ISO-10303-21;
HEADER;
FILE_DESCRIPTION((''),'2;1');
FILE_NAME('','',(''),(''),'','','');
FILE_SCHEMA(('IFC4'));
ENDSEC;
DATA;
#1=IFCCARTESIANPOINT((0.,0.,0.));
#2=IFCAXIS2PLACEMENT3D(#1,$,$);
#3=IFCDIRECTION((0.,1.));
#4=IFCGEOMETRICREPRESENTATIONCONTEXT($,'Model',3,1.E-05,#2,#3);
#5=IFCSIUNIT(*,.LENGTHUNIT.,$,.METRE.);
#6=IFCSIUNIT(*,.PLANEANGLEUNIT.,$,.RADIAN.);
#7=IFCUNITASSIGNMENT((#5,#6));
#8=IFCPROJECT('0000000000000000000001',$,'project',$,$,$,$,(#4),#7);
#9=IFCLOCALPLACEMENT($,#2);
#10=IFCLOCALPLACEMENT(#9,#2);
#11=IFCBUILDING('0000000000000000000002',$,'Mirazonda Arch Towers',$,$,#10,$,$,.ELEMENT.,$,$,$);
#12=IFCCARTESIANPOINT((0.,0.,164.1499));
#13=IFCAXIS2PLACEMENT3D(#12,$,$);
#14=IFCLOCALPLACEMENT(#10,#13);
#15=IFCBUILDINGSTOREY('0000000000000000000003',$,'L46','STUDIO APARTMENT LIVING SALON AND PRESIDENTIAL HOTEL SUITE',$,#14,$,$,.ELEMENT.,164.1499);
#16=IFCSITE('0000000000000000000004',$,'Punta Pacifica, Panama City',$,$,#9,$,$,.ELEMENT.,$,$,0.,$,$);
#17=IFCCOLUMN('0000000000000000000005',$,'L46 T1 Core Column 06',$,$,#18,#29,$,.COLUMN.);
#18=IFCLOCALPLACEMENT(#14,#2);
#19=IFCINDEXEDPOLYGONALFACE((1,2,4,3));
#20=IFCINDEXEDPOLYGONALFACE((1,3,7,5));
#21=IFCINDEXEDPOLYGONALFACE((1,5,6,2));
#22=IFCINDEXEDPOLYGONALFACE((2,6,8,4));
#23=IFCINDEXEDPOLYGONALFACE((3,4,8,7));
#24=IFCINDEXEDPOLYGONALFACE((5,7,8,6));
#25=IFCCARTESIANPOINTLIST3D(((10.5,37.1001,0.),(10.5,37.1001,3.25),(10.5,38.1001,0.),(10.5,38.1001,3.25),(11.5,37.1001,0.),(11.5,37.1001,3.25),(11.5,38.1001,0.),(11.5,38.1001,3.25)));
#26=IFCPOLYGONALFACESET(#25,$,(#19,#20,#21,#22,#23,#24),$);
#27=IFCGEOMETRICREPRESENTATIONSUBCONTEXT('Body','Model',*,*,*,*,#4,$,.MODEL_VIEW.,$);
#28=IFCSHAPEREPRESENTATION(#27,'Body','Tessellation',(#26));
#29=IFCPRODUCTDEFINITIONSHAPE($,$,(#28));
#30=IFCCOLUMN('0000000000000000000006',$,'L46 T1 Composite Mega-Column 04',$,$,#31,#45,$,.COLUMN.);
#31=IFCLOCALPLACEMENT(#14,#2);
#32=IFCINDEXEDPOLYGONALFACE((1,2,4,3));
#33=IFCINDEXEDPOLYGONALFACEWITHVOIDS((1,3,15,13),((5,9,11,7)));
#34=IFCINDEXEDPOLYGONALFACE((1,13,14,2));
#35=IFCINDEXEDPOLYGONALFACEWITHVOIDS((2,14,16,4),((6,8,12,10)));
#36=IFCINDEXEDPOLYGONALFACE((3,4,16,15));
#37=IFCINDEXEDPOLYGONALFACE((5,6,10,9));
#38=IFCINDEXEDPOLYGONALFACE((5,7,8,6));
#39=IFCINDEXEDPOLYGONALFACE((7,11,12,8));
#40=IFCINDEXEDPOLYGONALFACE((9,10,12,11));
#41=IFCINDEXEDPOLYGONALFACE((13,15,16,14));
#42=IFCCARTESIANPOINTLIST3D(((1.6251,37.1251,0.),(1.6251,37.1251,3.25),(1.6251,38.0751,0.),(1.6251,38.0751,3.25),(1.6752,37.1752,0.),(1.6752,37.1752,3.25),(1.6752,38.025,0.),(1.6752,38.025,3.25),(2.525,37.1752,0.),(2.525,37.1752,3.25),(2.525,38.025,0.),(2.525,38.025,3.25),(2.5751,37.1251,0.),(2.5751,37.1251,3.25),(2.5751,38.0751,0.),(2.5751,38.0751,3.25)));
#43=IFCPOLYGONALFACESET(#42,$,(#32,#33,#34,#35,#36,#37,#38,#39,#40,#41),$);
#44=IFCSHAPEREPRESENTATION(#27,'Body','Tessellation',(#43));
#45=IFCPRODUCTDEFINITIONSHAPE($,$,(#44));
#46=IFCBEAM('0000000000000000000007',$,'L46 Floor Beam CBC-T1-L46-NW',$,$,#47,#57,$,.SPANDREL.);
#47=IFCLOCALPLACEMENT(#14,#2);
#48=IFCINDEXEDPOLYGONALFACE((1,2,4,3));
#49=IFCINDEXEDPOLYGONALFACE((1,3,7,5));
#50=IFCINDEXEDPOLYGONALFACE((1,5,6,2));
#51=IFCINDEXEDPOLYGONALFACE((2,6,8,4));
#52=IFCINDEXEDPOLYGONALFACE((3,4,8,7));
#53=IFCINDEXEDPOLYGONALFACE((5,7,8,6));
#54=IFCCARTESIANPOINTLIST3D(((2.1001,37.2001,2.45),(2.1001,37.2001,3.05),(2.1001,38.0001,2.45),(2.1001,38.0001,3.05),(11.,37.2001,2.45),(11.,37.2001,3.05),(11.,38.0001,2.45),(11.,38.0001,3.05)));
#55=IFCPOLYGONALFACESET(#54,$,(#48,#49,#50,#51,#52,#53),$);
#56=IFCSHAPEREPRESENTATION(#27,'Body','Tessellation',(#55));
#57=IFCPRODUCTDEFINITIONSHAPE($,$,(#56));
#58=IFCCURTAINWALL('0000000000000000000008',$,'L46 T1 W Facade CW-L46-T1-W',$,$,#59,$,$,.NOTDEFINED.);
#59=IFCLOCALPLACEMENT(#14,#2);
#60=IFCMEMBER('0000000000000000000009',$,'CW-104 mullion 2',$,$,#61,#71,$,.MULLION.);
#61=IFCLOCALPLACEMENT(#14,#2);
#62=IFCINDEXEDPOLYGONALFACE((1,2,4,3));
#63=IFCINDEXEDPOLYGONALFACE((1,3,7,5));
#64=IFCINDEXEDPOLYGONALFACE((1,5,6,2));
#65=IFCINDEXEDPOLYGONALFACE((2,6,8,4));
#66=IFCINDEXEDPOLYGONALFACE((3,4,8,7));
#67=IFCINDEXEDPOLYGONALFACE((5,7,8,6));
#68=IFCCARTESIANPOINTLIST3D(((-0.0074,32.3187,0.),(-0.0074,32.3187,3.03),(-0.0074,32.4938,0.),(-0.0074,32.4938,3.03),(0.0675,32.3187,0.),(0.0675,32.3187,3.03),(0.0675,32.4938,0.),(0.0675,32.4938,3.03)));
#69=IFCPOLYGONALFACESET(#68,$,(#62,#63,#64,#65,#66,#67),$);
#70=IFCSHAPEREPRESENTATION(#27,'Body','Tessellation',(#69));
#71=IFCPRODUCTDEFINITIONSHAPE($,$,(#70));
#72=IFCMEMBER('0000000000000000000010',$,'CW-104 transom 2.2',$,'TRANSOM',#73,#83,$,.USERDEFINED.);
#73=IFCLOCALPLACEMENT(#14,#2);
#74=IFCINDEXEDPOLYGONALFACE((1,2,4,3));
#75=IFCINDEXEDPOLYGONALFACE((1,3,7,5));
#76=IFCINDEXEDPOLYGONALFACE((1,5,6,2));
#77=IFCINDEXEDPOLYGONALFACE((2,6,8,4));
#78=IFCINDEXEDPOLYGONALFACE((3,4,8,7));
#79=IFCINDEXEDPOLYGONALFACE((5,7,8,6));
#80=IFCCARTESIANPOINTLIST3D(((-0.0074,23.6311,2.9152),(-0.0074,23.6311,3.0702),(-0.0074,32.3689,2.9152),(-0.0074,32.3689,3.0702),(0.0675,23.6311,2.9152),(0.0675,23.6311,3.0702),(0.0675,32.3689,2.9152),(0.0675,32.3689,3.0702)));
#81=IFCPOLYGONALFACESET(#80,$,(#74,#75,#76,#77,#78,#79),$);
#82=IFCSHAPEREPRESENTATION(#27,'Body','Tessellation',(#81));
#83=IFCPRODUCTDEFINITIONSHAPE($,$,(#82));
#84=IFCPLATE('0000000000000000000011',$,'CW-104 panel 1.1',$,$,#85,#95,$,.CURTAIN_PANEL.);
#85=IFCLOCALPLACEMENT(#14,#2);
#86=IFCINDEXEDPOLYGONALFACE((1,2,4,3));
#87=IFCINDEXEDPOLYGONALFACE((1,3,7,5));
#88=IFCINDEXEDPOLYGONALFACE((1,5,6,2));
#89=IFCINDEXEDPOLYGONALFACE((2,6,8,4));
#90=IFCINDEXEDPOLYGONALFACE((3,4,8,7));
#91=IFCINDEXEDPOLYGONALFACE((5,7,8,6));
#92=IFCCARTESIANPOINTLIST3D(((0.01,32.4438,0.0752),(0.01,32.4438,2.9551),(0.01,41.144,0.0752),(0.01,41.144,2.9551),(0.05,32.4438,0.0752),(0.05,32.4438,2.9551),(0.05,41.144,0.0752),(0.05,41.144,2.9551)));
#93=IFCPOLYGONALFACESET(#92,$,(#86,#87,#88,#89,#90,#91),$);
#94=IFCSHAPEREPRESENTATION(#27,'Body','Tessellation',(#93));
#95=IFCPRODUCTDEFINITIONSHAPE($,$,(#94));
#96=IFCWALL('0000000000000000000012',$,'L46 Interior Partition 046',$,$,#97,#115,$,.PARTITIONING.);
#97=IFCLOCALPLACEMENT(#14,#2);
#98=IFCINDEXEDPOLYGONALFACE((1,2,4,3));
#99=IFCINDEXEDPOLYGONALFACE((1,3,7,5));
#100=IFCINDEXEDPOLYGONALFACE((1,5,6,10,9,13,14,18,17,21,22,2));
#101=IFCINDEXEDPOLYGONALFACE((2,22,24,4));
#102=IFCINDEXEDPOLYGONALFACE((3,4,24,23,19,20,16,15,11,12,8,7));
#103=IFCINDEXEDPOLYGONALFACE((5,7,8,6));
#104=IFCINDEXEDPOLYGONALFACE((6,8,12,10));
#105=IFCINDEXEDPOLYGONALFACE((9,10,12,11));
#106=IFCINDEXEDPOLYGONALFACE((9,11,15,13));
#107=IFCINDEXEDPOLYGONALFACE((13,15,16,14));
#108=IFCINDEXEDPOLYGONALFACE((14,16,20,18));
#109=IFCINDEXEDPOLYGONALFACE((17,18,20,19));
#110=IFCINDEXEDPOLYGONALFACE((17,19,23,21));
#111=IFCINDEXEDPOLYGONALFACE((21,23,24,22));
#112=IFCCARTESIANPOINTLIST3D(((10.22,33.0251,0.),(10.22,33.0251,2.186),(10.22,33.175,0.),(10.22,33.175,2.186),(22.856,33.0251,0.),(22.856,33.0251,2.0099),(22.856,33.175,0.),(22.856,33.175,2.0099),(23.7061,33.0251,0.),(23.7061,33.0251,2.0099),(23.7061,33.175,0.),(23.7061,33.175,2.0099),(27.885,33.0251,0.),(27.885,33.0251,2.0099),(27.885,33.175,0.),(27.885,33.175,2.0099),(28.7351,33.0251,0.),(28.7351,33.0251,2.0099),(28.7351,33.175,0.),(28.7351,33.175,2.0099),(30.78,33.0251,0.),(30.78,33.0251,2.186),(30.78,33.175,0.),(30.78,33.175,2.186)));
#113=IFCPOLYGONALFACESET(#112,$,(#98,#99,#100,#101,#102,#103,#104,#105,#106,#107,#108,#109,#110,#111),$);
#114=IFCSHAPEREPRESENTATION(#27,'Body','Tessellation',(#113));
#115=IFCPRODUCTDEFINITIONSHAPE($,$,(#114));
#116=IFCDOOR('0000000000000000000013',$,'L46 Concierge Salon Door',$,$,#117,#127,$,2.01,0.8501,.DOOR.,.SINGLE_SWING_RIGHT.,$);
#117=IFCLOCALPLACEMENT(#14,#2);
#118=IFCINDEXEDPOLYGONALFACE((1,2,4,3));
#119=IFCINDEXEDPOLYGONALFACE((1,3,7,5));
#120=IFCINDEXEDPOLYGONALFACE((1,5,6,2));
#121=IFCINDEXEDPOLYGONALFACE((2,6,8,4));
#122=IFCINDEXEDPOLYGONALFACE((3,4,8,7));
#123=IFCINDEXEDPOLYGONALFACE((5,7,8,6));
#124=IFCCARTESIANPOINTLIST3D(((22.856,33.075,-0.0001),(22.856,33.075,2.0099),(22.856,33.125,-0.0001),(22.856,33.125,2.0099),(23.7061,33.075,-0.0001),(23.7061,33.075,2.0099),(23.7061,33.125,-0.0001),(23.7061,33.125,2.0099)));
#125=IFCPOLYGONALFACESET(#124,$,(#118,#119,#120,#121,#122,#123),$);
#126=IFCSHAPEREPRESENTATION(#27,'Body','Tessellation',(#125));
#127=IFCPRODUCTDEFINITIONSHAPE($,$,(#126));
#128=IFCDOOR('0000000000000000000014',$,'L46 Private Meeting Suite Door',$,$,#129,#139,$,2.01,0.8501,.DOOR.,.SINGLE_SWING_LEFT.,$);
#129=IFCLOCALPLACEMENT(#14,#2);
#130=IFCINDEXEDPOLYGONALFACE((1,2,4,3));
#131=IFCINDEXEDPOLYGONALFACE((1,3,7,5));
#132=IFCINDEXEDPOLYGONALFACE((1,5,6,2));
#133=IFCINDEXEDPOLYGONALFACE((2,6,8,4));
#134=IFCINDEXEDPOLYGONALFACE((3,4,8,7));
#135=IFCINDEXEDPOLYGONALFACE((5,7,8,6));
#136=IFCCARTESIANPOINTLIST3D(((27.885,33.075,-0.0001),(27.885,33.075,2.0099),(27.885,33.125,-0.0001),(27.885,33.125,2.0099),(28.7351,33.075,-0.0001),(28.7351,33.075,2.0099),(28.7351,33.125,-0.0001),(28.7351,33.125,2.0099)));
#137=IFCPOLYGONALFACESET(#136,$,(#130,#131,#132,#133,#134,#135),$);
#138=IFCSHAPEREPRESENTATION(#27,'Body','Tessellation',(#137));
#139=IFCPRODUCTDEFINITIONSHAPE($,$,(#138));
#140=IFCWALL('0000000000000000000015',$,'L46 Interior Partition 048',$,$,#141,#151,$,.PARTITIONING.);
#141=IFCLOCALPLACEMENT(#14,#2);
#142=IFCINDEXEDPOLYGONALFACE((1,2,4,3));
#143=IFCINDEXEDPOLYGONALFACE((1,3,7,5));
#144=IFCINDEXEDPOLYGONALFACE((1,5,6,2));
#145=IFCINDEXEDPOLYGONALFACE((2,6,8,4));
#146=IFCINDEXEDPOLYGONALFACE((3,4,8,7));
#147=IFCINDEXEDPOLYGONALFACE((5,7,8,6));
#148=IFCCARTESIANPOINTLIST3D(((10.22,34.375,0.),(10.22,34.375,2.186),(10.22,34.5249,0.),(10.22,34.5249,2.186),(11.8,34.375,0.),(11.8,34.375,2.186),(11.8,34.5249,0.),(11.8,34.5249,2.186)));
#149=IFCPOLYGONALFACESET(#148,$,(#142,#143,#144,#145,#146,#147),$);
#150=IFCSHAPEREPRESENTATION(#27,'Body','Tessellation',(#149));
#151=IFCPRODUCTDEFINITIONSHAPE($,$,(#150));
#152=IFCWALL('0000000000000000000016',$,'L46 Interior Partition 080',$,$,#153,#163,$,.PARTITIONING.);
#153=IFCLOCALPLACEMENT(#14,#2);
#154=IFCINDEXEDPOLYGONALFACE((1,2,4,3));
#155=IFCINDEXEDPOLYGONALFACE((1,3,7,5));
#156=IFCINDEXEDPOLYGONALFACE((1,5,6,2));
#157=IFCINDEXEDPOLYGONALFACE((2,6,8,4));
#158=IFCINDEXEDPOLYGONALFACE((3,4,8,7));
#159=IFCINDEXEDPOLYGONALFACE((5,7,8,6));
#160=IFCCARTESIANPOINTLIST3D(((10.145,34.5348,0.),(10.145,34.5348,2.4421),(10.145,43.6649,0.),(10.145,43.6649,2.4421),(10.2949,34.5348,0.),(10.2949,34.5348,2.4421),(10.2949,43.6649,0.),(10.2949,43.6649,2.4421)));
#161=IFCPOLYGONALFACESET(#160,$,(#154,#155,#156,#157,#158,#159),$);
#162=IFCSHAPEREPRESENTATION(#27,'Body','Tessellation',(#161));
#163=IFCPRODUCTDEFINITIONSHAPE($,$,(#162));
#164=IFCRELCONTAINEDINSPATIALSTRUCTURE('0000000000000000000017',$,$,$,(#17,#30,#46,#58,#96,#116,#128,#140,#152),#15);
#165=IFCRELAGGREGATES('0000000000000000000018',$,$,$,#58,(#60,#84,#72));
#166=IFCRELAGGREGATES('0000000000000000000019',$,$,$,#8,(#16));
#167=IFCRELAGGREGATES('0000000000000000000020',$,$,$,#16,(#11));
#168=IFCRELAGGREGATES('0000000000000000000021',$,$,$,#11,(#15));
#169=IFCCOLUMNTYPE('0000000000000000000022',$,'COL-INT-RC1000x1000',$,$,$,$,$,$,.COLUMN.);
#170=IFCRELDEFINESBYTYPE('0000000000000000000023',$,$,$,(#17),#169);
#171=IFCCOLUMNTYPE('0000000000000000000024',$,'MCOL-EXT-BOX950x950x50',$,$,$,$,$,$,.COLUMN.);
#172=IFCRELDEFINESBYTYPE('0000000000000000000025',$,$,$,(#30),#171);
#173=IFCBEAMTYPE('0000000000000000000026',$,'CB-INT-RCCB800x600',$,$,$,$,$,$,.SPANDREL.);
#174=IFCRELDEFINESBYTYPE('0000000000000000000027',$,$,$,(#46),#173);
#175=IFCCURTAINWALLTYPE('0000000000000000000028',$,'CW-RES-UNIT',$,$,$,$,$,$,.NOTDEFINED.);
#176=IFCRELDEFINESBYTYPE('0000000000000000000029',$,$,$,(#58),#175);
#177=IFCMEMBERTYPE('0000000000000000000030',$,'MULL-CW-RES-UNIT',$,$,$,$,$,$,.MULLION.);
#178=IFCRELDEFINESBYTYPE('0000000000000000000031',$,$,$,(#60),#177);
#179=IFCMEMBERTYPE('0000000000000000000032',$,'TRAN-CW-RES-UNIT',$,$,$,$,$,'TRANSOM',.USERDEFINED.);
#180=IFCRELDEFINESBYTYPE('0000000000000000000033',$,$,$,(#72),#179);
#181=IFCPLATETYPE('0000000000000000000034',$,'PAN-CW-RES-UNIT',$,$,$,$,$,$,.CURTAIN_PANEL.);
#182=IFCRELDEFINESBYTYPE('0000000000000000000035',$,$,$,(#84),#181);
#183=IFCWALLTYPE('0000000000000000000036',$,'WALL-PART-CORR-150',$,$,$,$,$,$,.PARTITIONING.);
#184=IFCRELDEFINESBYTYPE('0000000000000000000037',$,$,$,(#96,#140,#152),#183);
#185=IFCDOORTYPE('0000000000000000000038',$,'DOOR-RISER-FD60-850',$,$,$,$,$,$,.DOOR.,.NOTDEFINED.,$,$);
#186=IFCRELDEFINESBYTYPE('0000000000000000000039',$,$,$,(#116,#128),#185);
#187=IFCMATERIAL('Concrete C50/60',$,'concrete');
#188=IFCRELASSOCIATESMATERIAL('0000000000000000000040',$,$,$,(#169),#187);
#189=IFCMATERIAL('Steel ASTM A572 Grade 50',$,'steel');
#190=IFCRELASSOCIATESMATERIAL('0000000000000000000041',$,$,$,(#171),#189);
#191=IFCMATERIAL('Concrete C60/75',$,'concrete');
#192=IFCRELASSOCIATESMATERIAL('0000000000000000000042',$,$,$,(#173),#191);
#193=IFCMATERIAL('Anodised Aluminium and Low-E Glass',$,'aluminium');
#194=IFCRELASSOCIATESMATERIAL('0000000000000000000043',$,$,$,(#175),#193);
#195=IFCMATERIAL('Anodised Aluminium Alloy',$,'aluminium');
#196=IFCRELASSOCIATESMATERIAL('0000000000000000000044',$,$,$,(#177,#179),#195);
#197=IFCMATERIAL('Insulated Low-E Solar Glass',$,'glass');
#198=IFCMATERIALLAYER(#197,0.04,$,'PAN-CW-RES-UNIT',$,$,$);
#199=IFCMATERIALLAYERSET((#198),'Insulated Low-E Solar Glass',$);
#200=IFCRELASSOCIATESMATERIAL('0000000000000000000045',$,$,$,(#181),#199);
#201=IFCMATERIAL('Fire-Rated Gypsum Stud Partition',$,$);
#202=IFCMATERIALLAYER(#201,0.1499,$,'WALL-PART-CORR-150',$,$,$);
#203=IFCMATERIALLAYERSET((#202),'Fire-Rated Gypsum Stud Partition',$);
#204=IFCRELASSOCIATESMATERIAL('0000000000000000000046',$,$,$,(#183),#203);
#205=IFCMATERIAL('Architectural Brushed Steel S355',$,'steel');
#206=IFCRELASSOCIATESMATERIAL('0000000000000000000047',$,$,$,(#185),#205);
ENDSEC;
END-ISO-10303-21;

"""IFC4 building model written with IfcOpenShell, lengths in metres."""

from ifc_helpers import new_model, si_unit, direction, frame, frame_2d, origin, origin_2d, place, context, subcontext, project, spatial, rectangle, hollow_rectangle, extrude, material, layer, layer_set, material_profile, profile_set, type_object, element, fill, aggregate, save


model = new_model("IFC4")

# Units and contexts
model_context = context("Model", 3, precision=1e-05, world=origin(), true_north=direction((0.0, 1.0)))
body_context = subcontext(model_context, "Body", "Model", "MODEL_VIEW")
ifc_project = project(units=[si_unit("LENGTHUNIT", "METRE"), si_unit("PLANEANGLEUNIT", "RADIAN")], contexts=[model_context])

# Site, building, storey
site_placement = place(None, origin())
site = spatial("IfcSite", under=ifc_project, at=site_placement, Name="Punta Pacifica, Panama City", CompositionType="ELEMENT", RefElevation=0.0)
building_placement = place(site_placement, origin())
building = spatial("IfcBuilding", under=site, at=building_placement, Name="Mirazonda Arch Towers", CompositionType="ELEMENT")
storey_placement = place(building_placement, frame((0.0, 0.0, 164.1499)))
storey = spatial("IfcBuildingStorey", under=building, at=storey_placement, Name="L46", Description="STUDIO APARTMENT LIVING SALON AND PRESIDENTIAL HOTEL SUITE", CompositionType="ELEMENT", Elevation=164.1499)

# Columns
ifc_material_1 = material(Name="Concrete C50/60", Category="concrete")
ifc_material_profile_1 = material_profile(ifc_material_1, rectangle(XDim=1.0, YDim=1.0, at=origin_2d()), Name="RC1000x1000")
ifc_profile_set_1 = profile_set([ifc_material_profile_1], Name="Concrete C50/60")
column_type_1 = type_object("IfcColumnType", Name="COL-INT-RC1000x1000", PredefinedType="COLUMN", material=ifc_profile_set_1)
column_1_placement = place(storey_placement, frame((11.0, 37.6001, 0.0), z_axis=(0.0, 0.0, 1.0), x_axis=(1.0, 0.0, 0.0)))
element("IfcColumn", 1, at=column_1_placement, inside=storey, type_object=column_type_1, Name="L46 T1 Core Column 06", PredefinedType="COLUMN", context=body_context, shape_type="SweptSolid", body=[
    extrude(rectangle(XDim=1.0, YDim=1.0, at=origin_2d()), origin(), (0.0, 0.0, 1.0), 3.25),
])
ifc_material_2 = material(Name="Steel ASTM A572 Grade 50", Category="steel")
ifc_material_profile_2 = material_profile(ifc_material_2, hollow_rectangle(XDim=0.95, YDim=0.95, WallThickness=0.05, at=origin_2d()), Name="BOX950x950x50")
ifc_profile_set_2 = profile_set([ifc_material_profile_2], Name="Steel ASTM A572 Grade 50")
column_type_2 = type_object("IfcColumnType", Name="MCOL-EXT-BOX950x950x50", PredefinedType="COLUMN", material=ifc_profile_set_2)
column_2_placement = place(storey_placement, frame((2.1001, 37.6001, 0.0), z_axis=(0.0, 0.0, 1.0), x_axis=(1.0, 0.0, 0.0)))
element("IfcColumn", 2, at=column_2_placement, inside=storey, type_object=column_type_2, Name="L46 T1 Composite Mega-Column 04", PredefinedType="COLUMN", context=body_context, shape_type="SweptSolid", body=[
    extrude(hollow_rectangle(XDim=0.95, YDim=0.95, WallThickness=0.05, at=origin_2d()), origin(), (0.0, 0.0, 1.0), 3.25),
])

# Beam
ifc_material_3 = material(Name="Concrete C60/75", Category="concrete")
ifc_material_profile_3 = material_profile(ifc_material_3, rectangle(XDim=0.8, YDim=0.6001, at=origin_2d()), Name="RCCB800x600")
ifc_profile_set_3 = profile_set([ifc_material_profile_3], Name="Concrete C60/75")
beam_type = type_object("IfcBeamType", Name="CB-INT-RCCB800x600", PredefinedType="SPANDREL", material=ifc_profile_set_3)
beam_placement = place(storey_placement, frame((2.1001, 37.6001, 2.75), z_axis=(1.0, 0.0, 0.0), x_axis=(0.0, 1.0, 0.0)))
element("IfcBeam", 3, at=beam_placement, inside=storey, type_object=beam_type, Name="L46 Floor Beam CBC-T1-L46-NW", PredefinedType="SPANDREL", context=body_context, shape_type="SweptSolid", body=[
    extrude(rectangle(XDim=0.8, YDim=0.6001, at=origin_2d()), origin(), (0.0, 0.0, 1.0), 8.8999),
])

# Curtain wall, members, plate
ifc_material_4 = material(Name="Anodised Aluminium and Low-E Glass", Category="aluminium")
curtain_wall_type = type_object("IfcCurtainWallType", Name="CW-RES-UNIT", PredefinedType="NOTDEFINED", material=ifc_material_4)
curtain_wall_placement = place(storey_placement, origin())
curtain_wall = element("IfcCurtainWall", 4, at=curtain_wall_placement, inside=storey, type_object=curtain_wall_type, Name="L46 T1 W Facade CW-L46-T1-W", PredefinedType="NOTDEFINED")
ifc_material_5 = material(Name="Anodised Aluminium Alloy", Category="aluminium")
ifc_material_profile_4 = material_profile(ifc_material_5, rectangle(XDim=0.075, YDim=0.175, at=origin_2d()), Name="ALU-MULL-75x175")
ifc_profile_set_4 = profile_set([ifc_material_profile_4], Name="Anodised Aluminium Alloy")
member_type_1 = type_object("IfcMemberType", Name="MULL-CW-RES-UNIT", PredefinedType="MULLION", material=ifc_profile_set_4)
member_1_placement = place(storey_placement, frame((0.03, 32.4062, 0.0), z_axis=(0.0, 0.0, 1.0), x_axis=(1.0, 0.0, 0.0)))
member_1 = element("IfcMember", 5, at=member_1_placement, type_object=member_type_1, Name="CW-104 mullion 2", PredefinedType="MULLION", context=body_context, shape_type="SweptSolid", body=[
    extrude(rectangle(XDim=0.075, YDim=0.175, at=origin_2d()), origin(), (0.0, 0.0, 1.0), 3.03),
])
ifc_material_profile_5 = material_profile(ifc_material_5, rectangle(XDim=0.075, YDim=0.155, at=origin_2d()), Name="ALU-TRAN-75x155")
ifc_profile_set_5 = profile_set([ifc_material_profile_5], Name="Anodised Aluminium Alloy")
member_type_2 = type_object("IfcMemberType", Name="TRAN-CW-RES-UNIT", ElementType="TRANSOM", PredefinedType="USERDEFINED", material=ifc_profile_set_5)
member_2_placement = place(storey_placement, frame((0.03, 32.3689, 2.9927), z_axis=(0.0, -1.0, 0.0), x_axis=(1.0, 0.0, 0.0)))
member_2 = element("IfcMember", 6, at=member_2_placement, type_object=member_type_2, Name="CW-104 transom 2.2", ObjectType="TRANSOM", PredefinedType="USERDEFINED", context=body_context, shape_type="SweptSolid", body=[
    extrude(rectangle(XDim=0.075, YDim=0.155, at=origin_2d()), origin(), (0.0, 0.0, 1.0), 8.7378),
])
ifc_material_6 = material(Name="Insulated Low-E Solar Glass", Category="glass")
ifc_layer_1 = layer(ifc_material_6, 0.04, Name="PAN-CW-RES-UNIT")
ifc_layer_set_1 = layer_set([ifc_layer_1], Name="Insulated Low-E Solar Glass")
plate_type = type_object("IfcPlateType", Name="PAN-CW-RES-UNIT", PredefinedType="CURTAIN_PANEL", material=ifc_layer_set_1)
plate_placement = place(storey_placement, frame((0.03, 36.7939, 0.0752), z_axis=(0.0, 0.0, 1.0), x_axis=(0.0, -1.0, 0.0)))
plate = element("IfcPlate", 7, at=plate_placement, type_object=plate_type, Name="CW-104 panel 1.1", PredefinedType="CURTAIN_PANEL", context=body_context, shape_type="SweptSolid", body=[
    extrude(rectangle(XDim=8.7002, YDim=0.04, at=origin_2d()), origin(), (0.0, 0.0, 1.0), 2.8799),
])
aggregate(curtain_wall, [member_1, plate, member_2])

# Wall, openings, doors
ifc_material_7 = material(Name="Fire-Rated Gypsum Stud Partition")
ifc_layer_2 = layer(ifc_material_7, 0.1499, Name="WALL-PART-CORR-150")
ifc_layer_set_2 = layer_set([ifc_layer_2], Name="Fire-Rated Gypsum Stud Partition")
wall_type_1 = type_object("IfcWallType", Name="WALL-PART-CORR-150", PredefinedType="PARTITIONING", material=ifc_layer_set_2)
wall_1_placement = place(storey_placement, frame((10.22, 33.1001, 0.0), z_axis=(0.0, 0.0, 1.0), x_axis=(1.0, 0.0, 0.0)))
wall_1 = element("IfcWall", 8, at=wall_1_placement, inside=storey, type_object=wall_type_1, Name="L46 Interior Partition 046", PredefinedType="PARTITIONING", context=body_context, shape_type="SweptSolid", body=[
    extrude(rectangle(XDim=20.5601, YDim=0.1499, at=frame_2d((10.28, 0.0))), origin(), (0.0, 0.0, 1.0), 2.186),
])
opening_1_placement = place(wall_1_placement, frame((12.636, 0.0, 0.0)))
opening_1 = element("IfcOpeningElement", 9, at=opening_1_placement, cuts=wall_1, PredefinedType="OPENING", context=body_context, shape_type="SweptSolid", body=[
    extrude(rectangle(XDim=0.8501, YDim=2.01, at=frame_2d((0.425, 1.0049))), frame((0.0, 0.085, 0.0), z_axis=(0.0, -1.0, 0.0), x_axis=(1.0, 0.0, 0.0)), (0.0, 0.0, 1.0), 0.1699),
])
opening_2_placement = place(wall_1_placement, frame((17.665, 0.0, 0.0)))
opening_2 = element("IfcOpeningElement", 10, at=opening_2_placement, cuts=wall_1, PredefinedType="OPENING", context=body_context, shape_type="SweptSolid", body=[
    extrude(rectangle(XDim=0.8501, YDim=2.01, at=frame_2d((0.425, 1.0049))), frame((0.0, 0.085, 0.0), z_axis=(0.0, -1.0, 0.0), x_axis=(1.0, 0.0, 0.0)), (0.0, 0.0, 1.0), 0.1699),
])
ifc_material_8 = material(Name="Architectural Brushed Steel S355", Category="steel")
door_type_1 = type_object("IfcDoorType", Name="DOOR-RISER-FD60-850", OperationType="NOTDEFINED", PredefinedType="DOOR", material=ifc_material_8)
door_1_placement = place(opening_1_placement, origin())
door_1 = element("IfcDoor", 11, at=door_1_placement, inside=storey, type_object=door_type_1, Name="L46 Concierge Salon Door", OperationType="SINGLE_SWING_RIGHT", OverallHeight=2.01, OverallWidth=0.8501, PredefinedType="DOOR", context=body_context, shape_type="SweptSolid", body=[
    extrude(rectangle(XDim=0.8501, YDim=2.01, at=frame_2d((0.425, 1.0049))), frame((0.0, 0.0249, 0.0), z_axis=(0.0, -1.0, 0.0), x_axis=(1.0, 0.0, 0.0)), (0.0, 0.0, 1.0), 0.05),
])
fill(opening_1, door_1)
door_2_placement = place(opening_2_placement, origin())
door_2 = element("IfcDoor", 12, at=door_2_placement, inside=storey, type_object=door_type_1, Name="L46 Private Meeting Suite Door", OperationType="SINGLE_SWING_LEFT", OverallHeight=2.01, OverallWidth=0.8501, PredefinedType="DOOR", context=body_context, shape_type="SweptSolid", body=[
    extrude(rectangle(XDim=0.8501, YDim=2.01, at=frame_2d((0.425, 1.0049))), frame((0.0, 0.0249, 0.0), z_axis=(0.0, -1.0, 0.0), x_axis=(1.0, 0.0, 0.0)), (0.0, 0.0, 1.0), 0.05),
])
fill(opening_2, door_2)

# Walls
wall_2_placement = place(storey_placement, frame((10.22, 34.45, 0.0), z_axis=(0.0, 0.0, 1.0), x_axis=(1.0, 0.0, 0.0)))
element("IfcWall", 13, at=wall_2_placement, inside=storey, type_object=wall_type_1, Name="L46 Interior Partition 048", PredefinedType="PARTITIONING", context=body_context, shape_type="SweptSolid", body=[
    extrude(rectangle(XDim=1.5801, YDim=0.1499, at=frame_2d((0.79, 0.0))), origin(), (0.0, 0.0, 1.0), 2.186),
])
wall_3_placement = place(storey_placement, frame((10.22, 34.5349, 0.0), z_axis=(0.0, 0.0, 1.0), x_axis=(0.0, 1.0, 0.0)))
element("IfcWall", 14, at=wall_3_placement, inside=storey, type_object=wall_type_1, Name="L46 Interior Partition 080", PredefinedType="PARTITIONING", context=body_context, shape_type="SweptSolid", body=[
    extrude(rectangle(XDim=9.1301, YDim=0.1499, at=frame_2d((4.5649, 0.0))), origin(), (0.0, 0.0, 1.0), 2.4421),
])

save(model, "model.ifc")
